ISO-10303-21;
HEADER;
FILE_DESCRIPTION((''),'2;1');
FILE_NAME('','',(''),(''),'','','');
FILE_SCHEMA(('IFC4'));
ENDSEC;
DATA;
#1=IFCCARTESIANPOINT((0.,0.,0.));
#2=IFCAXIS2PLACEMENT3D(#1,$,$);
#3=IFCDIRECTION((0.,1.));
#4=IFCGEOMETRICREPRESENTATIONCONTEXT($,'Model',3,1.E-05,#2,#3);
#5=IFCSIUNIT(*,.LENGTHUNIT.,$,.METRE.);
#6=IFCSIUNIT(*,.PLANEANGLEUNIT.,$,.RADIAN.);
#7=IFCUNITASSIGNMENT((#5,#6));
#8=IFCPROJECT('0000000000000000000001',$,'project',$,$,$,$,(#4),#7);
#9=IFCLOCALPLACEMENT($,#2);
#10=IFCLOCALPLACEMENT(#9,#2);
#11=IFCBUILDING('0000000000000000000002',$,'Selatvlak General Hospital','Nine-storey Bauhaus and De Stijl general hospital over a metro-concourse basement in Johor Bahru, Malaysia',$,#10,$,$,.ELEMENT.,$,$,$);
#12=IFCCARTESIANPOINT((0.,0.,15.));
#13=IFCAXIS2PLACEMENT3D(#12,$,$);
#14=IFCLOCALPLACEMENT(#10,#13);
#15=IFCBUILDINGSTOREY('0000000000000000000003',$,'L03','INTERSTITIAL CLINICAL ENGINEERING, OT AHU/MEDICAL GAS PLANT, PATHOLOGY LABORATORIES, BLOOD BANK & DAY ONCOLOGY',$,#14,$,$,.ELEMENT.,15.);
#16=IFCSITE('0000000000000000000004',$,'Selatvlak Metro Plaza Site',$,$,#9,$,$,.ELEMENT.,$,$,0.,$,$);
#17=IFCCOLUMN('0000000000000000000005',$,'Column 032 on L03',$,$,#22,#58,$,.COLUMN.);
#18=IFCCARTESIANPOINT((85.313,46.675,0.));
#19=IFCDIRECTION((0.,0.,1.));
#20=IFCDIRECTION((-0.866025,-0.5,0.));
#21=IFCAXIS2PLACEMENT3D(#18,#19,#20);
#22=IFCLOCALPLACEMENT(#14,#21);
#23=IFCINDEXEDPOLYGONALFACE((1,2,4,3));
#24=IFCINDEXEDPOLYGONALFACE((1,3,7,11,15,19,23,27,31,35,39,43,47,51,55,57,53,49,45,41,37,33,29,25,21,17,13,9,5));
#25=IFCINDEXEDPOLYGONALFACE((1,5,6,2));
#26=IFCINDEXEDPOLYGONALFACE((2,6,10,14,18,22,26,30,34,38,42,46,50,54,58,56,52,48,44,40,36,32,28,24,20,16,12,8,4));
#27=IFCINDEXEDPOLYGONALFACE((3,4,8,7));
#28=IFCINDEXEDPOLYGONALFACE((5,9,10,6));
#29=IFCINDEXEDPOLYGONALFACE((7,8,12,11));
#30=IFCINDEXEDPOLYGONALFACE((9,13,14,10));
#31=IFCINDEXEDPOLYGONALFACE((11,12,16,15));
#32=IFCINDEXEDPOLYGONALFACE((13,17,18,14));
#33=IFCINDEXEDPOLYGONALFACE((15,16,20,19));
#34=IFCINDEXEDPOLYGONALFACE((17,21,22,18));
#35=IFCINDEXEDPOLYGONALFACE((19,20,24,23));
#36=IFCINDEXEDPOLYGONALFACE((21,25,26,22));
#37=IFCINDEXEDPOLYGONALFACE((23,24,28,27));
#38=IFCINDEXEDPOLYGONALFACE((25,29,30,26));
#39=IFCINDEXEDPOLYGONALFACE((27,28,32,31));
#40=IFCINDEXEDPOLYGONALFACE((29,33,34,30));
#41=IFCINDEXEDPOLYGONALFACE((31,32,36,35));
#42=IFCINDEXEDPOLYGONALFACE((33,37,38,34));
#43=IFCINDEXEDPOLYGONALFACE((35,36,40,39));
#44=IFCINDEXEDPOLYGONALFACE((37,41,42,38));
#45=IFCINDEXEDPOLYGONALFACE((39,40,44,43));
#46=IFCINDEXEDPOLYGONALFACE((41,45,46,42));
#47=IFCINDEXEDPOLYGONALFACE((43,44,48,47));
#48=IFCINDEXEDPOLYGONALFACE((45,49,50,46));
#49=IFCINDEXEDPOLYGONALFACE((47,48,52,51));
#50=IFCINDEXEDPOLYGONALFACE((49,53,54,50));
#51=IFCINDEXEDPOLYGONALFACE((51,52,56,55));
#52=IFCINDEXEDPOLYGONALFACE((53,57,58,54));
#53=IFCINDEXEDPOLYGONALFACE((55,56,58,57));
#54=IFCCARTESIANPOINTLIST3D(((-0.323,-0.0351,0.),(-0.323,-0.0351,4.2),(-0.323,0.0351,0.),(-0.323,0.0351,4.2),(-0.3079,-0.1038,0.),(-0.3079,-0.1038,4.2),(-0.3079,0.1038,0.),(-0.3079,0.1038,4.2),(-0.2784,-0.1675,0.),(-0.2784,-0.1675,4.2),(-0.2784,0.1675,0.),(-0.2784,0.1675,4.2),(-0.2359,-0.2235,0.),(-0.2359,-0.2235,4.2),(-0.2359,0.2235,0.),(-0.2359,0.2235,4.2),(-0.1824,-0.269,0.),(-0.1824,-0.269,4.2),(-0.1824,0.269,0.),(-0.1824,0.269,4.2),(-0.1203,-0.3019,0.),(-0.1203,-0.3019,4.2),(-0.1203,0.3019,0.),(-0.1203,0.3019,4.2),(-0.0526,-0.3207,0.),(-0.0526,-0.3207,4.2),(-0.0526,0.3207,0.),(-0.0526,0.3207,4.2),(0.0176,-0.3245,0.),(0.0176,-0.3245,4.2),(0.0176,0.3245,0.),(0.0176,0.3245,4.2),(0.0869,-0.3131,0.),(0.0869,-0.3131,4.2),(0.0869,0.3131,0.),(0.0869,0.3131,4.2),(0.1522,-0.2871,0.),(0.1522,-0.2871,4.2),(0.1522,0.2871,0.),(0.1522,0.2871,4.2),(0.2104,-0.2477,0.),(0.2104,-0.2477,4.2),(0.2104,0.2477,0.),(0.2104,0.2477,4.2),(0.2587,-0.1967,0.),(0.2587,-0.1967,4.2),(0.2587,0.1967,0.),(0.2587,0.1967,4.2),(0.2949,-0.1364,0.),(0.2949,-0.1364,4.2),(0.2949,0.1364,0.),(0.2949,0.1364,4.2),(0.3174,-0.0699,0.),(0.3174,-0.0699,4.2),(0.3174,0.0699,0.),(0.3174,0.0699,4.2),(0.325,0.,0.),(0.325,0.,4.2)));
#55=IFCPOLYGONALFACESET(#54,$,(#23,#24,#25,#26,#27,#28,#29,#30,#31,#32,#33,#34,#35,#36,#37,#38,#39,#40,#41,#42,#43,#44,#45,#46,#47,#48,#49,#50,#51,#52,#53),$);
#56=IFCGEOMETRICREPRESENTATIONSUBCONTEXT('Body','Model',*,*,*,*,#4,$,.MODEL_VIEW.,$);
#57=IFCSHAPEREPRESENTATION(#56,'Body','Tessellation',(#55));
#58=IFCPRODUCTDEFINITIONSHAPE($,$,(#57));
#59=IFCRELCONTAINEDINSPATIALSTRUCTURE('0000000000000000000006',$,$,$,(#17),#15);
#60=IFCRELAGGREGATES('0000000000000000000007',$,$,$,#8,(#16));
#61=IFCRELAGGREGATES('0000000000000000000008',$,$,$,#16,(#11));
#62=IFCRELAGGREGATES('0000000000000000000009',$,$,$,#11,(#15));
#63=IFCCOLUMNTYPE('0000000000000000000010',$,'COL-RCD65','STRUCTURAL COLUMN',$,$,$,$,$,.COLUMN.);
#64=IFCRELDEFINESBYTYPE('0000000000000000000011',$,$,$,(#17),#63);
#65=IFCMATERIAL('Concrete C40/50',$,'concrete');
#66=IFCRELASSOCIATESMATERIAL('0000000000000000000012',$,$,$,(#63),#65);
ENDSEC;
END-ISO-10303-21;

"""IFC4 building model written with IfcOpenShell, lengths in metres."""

from ifc_helpers import new_model, si_unit, direction, frame, origin, origin_2d, place, context, subcontext, project, spatial, circle, extrude, material, material_profile, profile_set, type_object, element, save


model = new_model("IFC4")

# Units and contexts
model_context = context("Model", 3, precision=1e-05, world=origin(), true_north=direction((0.0, 1.0)))
body_context = subcontext(model_context, "Body", "Model", "MODEL_VIEW")
ifc_project = project(units=[si_unit("LENGTHUNIT", "METRE"), si_unit("PLANEANGLEUNIT", "RADIAN")], contexts=[model_context])

# Site, building, storey
site_placement = place(None, origin())
site = spatial("IfcSite", under=ifc_project, at=site_placement, Name="Selatvlak Metro Plaza Site", CompositionType="ELEMENT", RefElevation=0.0)
building_placement = place(site_placement, origin())
building = spatial("IfcBuilding", under=site, at=building_placement, Name="Selatvlak General Hospital", Description="Nine-storey Bauhaus and De Stijl general hospital over a metro-concourse basement in Johor Bahru, Malaysia", CompositionType="ELEMENT")
storey_placement = place(building_placement, frame((0.0, 0.0, 15.0)))
storey = spatial("IfcBuildingStorey", under=building, at=storey_placement, Name="L03", Description="INTERSTITIAL CLINICAL ENGINEERING, OT AHU/MEDICAL GAS PLANT, PATHOLOGY LABORATORIES, BLOOD BANK & DAY ONCOLOGY", CompositionType="ELEMENT", Elevation=15.0)

# Column
ifc_material_1 = material(Name="Concrete C40/50", Category="concrete")
ifc_material_profile_1 = material_profile(ifc_material_1, circle(Radius=0.325, at=origin_2d()), Name="RC-COL D650")
ifc_profile_set_1 = profile_set([ifc_material_profile_1], Name="Concrete C40/50")
column_type = type_object("IfcColumnType", Name="COL-RCD65", Description="STRUCTURAL COLUMN", PredefinedType="COLUMN", material=ifc_profile_set_1)
column_placement = place(storey_placement, frame((85.313, 46.675, 0.0), z_axis=(0.0, 0.0, 1.0), x_axis=(-0.866025, -0.5, 0.0)))
element("IfcColumn", 1, at=column_placement, inside=storey, type_object=column_type, Name="Column 032 on L03", PredefinedType="COLUMN", context=body_context, shape_type="SweptSolid", body=[
    extrude(circle(Radius=0.325, at=origin_2d()), origin(), (0.0, 0.0, 1.0), 4.2),
])

save(model, "model.ifc")
